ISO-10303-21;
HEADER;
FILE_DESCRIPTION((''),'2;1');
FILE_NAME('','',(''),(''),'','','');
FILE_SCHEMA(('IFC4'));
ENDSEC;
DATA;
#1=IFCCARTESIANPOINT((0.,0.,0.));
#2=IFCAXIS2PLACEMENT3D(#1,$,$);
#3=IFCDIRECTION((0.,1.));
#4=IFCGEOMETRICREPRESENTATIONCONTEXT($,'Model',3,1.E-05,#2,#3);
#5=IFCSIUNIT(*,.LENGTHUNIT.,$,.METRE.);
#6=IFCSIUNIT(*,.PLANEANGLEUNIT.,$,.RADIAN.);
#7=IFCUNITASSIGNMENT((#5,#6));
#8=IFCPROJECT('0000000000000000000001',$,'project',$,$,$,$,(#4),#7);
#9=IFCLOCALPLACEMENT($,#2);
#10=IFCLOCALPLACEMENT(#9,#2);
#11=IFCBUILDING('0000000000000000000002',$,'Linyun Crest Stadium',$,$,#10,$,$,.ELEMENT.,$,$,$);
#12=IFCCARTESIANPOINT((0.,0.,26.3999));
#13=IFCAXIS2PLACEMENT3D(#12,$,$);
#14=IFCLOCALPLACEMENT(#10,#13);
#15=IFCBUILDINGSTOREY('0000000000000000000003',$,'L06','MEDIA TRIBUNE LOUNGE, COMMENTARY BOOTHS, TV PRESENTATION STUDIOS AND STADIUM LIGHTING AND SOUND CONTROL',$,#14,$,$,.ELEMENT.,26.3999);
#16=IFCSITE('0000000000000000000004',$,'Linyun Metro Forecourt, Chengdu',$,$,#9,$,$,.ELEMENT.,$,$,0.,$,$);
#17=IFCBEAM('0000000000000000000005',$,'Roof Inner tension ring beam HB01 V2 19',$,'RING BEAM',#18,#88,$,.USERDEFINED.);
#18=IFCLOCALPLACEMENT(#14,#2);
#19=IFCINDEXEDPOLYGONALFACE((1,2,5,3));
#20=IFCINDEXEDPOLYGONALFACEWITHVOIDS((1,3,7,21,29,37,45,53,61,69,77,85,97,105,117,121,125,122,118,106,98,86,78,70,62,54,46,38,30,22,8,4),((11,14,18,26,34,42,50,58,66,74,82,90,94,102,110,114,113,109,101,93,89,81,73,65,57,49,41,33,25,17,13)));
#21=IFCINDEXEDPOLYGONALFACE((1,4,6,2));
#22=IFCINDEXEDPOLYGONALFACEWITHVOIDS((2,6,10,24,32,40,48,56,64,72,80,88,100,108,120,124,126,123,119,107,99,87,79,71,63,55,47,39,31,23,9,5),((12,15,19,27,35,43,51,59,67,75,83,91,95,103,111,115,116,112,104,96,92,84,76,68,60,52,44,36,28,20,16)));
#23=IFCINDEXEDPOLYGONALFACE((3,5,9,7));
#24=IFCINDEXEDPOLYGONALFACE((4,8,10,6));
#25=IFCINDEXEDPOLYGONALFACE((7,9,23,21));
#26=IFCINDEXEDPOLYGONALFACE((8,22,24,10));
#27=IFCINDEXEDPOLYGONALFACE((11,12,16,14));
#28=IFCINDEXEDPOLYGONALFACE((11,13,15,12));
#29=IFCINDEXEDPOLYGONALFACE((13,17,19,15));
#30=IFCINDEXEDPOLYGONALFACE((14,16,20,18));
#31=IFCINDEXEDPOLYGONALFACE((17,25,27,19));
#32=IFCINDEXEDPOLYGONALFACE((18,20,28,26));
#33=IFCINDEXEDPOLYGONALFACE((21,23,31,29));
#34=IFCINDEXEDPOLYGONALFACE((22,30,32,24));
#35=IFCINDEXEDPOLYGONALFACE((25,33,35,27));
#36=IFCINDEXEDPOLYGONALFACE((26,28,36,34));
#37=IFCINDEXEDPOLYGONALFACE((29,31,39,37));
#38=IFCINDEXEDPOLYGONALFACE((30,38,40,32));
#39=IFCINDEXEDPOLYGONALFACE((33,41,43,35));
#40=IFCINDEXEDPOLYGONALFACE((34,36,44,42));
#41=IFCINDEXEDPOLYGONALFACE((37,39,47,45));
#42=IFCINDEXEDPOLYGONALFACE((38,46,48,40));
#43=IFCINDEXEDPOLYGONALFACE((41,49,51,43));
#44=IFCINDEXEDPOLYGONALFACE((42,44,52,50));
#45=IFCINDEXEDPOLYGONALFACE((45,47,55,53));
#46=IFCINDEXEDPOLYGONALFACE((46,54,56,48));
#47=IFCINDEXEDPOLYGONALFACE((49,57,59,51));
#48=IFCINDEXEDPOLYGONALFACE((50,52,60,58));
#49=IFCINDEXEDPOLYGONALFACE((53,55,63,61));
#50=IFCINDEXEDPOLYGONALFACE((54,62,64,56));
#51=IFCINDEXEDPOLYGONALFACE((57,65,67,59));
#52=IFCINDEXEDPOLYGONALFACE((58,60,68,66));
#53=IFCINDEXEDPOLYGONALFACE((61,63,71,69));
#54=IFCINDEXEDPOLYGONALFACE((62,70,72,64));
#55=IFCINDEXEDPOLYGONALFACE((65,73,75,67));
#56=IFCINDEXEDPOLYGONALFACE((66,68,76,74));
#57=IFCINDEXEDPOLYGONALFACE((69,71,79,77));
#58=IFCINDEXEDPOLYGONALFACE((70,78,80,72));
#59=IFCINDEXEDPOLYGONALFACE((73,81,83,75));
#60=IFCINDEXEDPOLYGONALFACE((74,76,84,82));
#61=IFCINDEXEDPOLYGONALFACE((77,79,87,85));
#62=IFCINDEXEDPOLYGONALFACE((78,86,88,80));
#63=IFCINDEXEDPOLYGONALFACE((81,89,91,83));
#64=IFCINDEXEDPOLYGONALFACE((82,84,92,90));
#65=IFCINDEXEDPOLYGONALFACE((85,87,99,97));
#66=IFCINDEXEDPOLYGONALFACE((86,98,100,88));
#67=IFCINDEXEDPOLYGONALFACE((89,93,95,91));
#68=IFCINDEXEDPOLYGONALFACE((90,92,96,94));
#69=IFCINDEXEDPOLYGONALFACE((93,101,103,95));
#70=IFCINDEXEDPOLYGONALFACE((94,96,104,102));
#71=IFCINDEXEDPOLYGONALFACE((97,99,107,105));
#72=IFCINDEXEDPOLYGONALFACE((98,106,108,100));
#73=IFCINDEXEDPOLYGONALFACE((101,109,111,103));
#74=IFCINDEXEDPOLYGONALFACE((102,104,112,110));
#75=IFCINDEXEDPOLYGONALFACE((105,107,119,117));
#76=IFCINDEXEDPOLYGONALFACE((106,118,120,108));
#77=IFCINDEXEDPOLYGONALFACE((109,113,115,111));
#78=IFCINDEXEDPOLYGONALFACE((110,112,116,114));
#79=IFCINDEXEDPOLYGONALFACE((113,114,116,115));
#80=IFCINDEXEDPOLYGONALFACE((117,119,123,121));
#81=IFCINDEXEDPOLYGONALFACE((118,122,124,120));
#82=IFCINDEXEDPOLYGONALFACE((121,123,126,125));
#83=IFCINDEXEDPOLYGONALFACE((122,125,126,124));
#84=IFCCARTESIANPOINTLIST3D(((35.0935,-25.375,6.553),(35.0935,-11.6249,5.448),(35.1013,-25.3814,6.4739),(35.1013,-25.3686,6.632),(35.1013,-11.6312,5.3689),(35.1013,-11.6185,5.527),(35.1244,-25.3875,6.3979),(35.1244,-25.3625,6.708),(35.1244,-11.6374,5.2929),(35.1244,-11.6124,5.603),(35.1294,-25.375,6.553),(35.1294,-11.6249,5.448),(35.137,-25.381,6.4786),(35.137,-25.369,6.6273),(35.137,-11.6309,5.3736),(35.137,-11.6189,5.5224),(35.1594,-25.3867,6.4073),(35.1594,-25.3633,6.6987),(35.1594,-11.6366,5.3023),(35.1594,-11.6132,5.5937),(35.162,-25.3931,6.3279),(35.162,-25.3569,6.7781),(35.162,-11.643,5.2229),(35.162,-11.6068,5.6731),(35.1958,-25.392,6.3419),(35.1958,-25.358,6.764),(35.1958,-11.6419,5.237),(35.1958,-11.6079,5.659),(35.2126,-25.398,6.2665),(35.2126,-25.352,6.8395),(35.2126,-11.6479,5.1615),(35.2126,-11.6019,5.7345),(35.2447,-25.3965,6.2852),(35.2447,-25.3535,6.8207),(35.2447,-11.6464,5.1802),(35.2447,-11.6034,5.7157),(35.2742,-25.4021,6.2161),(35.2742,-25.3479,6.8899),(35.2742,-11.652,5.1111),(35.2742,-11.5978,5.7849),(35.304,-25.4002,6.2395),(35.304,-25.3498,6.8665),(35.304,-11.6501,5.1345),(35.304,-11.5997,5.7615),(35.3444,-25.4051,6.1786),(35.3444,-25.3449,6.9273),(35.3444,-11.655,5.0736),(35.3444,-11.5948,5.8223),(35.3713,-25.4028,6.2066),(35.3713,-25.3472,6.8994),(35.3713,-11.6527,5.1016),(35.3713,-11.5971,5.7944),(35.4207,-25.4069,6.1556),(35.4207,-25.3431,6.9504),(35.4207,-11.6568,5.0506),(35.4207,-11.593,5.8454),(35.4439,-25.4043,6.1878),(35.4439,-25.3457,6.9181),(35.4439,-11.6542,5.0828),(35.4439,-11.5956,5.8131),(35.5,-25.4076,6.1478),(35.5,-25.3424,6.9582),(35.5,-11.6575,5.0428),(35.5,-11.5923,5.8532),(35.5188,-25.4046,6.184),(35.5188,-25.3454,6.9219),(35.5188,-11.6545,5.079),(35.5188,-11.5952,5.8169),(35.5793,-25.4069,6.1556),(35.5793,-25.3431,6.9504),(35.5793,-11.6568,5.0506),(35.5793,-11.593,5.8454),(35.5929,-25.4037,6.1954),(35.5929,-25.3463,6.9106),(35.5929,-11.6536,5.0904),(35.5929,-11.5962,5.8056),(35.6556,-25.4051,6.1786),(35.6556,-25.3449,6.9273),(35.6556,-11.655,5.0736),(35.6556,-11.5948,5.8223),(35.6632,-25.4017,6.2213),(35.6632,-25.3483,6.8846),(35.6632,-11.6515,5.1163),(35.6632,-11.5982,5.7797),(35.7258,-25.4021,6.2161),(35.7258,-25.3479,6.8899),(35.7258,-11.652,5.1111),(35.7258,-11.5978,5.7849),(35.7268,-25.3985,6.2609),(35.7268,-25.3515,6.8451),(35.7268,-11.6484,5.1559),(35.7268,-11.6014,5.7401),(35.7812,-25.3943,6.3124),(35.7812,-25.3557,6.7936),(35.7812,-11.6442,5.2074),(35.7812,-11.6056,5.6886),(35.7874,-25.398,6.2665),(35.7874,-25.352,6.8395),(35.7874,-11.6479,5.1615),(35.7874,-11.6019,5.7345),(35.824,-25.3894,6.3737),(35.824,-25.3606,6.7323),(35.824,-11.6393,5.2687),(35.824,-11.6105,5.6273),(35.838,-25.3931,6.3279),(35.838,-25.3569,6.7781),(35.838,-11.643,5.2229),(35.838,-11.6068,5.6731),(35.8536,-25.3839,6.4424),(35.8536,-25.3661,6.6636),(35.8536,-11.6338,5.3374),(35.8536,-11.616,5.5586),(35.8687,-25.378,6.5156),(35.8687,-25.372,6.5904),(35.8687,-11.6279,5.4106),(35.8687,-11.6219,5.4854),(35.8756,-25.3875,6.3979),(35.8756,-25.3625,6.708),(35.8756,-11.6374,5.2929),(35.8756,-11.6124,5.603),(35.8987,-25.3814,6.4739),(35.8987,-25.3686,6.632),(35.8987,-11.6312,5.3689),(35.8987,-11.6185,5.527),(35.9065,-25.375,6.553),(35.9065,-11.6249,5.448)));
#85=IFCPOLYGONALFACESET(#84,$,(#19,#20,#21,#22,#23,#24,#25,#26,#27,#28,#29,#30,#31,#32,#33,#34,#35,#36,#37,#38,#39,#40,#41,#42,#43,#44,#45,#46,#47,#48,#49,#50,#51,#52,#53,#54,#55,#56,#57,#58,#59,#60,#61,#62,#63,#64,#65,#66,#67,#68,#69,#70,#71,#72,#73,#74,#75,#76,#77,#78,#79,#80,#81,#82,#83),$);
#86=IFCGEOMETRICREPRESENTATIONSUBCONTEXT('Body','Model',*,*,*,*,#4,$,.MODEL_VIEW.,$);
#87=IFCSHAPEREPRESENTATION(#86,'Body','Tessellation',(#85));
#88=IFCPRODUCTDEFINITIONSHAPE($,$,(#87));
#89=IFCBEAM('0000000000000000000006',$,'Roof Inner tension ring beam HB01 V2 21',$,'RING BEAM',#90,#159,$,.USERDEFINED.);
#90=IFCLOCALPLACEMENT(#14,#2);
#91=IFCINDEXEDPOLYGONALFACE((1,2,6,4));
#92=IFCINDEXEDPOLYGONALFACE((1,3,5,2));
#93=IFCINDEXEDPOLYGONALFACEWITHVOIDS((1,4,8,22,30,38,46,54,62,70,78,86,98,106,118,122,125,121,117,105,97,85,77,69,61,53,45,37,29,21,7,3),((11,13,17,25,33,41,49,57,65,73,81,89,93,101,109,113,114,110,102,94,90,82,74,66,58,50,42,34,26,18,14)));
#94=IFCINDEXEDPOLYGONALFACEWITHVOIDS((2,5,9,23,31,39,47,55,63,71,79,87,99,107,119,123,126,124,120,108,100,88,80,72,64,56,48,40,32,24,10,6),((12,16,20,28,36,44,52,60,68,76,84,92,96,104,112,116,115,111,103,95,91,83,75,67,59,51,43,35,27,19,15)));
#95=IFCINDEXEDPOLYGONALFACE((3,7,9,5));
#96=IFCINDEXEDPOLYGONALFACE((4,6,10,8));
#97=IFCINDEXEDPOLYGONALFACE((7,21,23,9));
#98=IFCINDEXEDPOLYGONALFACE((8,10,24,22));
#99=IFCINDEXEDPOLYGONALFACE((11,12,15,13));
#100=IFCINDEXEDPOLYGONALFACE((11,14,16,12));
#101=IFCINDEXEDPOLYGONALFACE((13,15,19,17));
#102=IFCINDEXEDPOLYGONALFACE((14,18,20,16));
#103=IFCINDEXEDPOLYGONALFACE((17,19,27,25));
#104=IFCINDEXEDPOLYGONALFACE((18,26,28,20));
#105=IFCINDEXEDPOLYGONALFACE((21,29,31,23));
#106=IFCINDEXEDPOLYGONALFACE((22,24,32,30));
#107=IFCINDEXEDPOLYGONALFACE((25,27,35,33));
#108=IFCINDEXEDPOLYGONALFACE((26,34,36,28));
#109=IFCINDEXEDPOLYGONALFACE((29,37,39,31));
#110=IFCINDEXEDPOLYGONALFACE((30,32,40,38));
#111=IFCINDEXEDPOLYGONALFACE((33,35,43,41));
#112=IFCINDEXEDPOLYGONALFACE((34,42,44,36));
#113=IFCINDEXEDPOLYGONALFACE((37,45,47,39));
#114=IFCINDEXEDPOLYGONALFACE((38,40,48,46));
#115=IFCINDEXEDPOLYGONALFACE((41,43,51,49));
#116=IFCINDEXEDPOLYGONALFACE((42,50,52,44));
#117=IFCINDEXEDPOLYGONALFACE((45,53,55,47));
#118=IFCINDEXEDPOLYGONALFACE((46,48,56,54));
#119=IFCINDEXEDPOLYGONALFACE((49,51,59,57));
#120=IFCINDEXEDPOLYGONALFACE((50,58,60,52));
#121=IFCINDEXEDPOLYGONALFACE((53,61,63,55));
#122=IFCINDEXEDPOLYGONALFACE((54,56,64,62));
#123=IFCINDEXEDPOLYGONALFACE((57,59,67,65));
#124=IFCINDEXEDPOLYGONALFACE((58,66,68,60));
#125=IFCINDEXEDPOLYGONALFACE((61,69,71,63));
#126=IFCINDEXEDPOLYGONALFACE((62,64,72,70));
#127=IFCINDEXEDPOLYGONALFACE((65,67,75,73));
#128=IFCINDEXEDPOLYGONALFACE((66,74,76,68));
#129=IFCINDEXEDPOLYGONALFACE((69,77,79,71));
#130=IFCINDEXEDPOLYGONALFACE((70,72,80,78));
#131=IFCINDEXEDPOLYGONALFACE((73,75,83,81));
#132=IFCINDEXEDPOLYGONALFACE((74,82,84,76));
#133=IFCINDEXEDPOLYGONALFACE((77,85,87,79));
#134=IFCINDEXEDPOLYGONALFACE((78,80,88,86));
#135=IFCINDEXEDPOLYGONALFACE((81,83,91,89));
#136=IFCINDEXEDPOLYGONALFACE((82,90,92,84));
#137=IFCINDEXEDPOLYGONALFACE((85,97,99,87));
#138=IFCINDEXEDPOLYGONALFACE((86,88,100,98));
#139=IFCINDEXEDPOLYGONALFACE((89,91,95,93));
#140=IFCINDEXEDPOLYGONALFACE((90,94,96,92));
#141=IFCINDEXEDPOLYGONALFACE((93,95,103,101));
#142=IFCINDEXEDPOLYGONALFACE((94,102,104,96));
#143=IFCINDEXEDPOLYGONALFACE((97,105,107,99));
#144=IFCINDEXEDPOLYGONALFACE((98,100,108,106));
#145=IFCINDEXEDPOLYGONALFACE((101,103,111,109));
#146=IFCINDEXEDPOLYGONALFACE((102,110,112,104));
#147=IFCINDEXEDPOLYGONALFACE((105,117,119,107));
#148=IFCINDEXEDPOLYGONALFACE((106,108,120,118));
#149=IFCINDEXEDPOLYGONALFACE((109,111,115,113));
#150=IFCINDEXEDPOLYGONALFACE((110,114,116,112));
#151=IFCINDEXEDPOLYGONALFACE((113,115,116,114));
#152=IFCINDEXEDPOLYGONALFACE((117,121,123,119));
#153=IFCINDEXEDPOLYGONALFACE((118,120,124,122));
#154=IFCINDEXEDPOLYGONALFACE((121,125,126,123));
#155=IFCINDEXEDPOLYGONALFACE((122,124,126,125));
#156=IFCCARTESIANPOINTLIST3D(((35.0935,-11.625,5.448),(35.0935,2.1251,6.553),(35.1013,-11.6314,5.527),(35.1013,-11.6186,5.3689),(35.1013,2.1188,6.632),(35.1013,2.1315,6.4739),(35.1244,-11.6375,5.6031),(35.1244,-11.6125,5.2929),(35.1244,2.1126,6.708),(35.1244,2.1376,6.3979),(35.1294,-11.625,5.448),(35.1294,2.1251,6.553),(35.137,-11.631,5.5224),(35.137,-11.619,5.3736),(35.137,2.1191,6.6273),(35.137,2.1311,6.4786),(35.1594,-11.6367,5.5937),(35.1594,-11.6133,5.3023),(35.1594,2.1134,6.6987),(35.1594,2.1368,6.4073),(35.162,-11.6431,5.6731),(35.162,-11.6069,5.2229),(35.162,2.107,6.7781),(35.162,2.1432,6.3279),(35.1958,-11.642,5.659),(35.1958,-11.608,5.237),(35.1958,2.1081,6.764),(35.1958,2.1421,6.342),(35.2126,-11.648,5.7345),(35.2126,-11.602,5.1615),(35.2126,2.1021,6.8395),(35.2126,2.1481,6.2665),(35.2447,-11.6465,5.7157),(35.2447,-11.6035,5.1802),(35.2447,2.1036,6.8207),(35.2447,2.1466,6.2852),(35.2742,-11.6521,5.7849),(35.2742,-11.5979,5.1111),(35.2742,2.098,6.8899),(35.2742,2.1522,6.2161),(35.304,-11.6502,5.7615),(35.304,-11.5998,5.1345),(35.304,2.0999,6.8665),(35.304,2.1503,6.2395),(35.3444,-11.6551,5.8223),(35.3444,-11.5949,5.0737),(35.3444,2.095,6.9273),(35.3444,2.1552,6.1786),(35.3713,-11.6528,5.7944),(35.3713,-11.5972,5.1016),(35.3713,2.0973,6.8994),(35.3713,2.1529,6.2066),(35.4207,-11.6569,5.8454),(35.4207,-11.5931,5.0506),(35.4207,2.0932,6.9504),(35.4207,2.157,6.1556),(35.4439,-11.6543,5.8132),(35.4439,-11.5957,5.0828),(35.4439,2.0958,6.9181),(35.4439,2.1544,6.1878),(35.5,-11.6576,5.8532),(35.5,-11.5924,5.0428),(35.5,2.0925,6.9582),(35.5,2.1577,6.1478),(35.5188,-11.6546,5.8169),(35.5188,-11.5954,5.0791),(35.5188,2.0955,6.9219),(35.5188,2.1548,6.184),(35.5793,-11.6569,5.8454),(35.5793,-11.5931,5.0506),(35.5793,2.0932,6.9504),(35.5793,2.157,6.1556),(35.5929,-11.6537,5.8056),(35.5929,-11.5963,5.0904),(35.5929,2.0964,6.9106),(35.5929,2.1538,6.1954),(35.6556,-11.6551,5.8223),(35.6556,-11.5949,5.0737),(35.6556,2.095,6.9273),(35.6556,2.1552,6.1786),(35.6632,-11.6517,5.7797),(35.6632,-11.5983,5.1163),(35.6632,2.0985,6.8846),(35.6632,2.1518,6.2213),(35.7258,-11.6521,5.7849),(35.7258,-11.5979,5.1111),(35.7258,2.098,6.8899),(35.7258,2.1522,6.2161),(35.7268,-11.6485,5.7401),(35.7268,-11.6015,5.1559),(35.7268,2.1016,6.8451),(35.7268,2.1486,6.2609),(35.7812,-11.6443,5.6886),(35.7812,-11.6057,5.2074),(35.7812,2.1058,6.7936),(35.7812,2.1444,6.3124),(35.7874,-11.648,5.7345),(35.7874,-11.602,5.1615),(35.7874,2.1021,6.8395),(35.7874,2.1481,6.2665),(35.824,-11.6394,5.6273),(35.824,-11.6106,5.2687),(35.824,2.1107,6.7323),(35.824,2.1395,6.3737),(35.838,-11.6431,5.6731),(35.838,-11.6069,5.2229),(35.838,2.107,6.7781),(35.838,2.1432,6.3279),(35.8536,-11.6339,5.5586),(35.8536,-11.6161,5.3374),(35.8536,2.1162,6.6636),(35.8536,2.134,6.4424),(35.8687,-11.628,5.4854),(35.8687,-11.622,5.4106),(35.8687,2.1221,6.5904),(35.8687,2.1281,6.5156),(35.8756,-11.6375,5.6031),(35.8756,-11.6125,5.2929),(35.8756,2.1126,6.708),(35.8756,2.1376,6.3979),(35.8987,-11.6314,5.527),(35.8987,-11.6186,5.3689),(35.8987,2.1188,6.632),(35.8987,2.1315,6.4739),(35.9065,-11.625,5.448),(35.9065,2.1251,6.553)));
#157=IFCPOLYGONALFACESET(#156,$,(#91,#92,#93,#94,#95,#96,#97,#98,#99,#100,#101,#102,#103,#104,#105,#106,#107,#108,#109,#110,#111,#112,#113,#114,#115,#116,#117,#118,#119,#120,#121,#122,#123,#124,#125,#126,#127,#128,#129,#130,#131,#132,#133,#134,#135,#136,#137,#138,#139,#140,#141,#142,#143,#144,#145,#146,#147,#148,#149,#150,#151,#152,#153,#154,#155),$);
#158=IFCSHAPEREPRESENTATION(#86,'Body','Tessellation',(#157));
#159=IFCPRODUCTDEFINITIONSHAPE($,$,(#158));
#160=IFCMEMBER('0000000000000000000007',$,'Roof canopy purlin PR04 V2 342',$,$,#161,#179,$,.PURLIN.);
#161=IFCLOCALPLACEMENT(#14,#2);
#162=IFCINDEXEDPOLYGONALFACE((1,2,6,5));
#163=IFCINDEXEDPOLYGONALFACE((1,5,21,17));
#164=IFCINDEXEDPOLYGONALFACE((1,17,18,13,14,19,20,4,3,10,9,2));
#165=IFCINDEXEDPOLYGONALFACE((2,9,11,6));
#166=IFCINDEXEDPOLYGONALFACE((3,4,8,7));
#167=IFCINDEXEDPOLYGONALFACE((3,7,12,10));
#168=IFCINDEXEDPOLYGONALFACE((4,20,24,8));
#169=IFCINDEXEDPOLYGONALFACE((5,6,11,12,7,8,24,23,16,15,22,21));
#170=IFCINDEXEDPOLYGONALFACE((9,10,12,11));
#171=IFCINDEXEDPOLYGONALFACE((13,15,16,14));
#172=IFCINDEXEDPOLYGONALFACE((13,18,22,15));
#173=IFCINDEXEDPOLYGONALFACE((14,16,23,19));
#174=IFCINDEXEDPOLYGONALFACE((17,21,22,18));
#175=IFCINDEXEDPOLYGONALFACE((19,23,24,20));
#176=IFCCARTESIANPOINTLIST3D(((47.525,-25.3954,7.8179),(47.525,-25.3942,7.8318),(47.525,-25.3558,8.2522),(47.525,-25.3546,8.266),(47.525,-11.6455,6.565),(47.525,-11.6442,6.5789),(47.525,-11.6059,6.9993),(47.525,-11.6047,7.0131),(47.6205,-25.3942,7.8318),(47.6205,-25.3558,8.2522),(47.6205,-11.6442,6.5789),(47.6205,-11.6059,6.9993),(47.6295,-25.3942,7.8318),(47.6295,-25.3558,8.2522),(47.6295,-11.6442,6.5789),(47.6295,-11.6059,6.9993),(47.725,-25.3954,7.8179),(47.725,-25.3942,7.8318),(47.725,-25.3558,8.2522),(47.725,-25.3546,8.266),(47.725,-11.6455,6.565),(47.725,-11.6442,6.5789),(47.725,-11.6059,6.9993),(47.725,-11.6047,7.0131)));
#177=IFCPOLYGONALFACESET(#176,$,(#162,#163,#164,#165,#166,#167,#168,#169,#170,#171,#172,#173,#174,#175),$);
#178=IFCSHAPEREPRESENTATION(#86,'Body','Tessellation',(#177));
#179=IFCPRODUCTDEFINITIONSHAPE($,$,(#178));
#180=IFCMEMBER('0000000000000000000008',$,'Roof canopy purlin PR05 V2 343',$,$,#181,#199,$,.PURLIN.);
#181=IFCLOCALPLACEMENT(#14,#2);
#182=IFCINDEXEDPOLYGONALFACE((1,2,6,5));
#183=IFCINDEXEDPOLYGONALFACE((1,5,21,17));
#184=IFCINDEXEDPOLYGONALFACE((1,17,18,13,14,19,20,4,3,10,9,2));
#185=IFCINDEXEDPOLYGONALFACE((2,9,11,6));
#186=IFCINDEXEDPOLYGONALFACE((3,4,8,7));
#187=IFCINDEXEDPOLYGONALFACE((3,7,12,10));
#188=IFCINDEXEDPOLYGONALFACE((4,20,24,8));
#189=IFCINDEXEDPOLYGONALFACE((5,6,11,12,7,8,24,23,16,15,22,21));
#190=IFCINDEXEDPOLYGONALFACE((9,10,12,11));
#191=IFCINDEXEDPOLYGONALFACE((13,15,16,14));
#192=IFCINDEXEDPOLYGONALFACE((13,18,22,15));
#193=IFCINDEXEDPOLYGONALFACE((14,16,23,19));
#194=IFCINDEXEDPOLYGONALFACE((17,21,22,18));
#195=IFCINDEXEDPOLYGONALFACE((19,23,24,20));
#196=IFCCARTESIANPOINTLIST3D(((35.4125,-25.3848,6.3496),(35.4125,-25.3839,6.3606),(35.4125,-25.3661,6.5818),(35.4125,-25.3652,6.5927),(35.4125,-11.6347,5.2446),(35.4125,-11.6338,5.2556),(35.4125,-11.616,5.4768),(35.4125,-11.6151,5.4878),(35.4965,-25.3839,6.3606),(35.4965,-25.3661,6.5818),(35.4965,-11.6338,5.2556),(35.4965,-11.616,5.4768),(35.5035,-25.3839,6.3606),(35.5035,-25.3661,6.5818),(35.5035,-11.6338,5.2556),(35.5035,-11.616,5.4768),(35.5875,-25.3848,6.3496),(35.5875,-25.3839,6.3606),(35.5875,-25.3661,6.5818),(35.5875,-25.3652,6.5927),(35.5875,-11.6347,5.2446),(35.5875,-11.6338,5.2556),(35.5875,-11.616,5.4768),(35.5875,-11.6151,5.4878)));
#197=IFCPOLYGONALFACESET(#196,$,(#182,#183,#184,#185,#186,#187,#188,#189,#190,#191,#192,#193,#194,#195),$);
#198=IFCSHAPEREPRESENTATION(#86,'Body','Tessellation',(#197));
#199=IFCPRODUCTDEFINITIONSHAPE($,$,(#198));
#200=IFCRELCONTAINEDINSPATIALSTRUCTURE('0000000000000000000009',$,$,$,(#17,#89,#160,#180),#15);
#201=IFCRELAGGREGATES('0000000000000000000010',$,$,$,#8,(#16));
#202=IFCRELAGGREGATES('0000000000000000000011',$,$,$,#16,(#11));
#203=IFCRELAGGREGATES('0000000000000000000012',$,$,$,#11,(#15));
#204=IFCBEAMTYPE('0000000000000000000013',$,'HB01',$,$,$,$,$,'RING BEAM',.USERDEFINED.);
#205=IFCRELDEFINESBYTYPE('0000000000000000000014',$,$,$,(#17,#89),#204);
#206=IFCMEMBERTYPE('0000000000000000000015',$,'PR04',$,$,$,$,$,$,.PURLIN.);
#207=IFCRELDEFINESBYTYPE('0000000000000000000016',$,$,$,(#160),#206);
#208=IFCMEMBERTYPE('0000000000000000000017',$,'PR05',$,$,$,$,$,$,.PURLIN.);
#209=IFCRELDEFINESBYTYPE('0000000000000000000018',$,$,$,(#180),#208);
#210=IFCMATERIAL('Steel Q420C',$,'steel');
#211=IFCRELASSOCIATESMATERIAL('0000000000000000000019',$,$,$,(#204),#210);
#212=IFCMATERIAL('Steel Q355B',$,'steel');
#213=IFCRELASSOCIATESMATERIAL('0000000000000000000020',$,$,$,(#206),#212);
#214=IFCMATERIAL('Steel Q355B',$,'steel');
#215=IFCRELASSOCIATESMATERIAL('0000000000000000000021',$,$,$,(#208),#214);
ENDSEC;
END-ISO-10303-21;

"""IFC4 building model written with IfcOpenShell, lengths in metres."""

from ifc_helpers import new_model, si_unit, direction, frame, origin, origin_2d, place, context, subcontext, project, spatial, hollow_circle, i_section, extrude, material, material_profile, profile_set, type_object, element, save


model = new_model("IFC4")

# Units and contexts
model_context = context("Model", 3, precision=1e-05, world=origin(), true_north=direction((0.0, 1.0)))
body_context = subcontext(model_context, "Body", "Model", "MODEL_VIEW")
ifc_project = project(units=[si_unit("LENGTHUNIT", "METRE"), si_unit("PLANEANGLEUNIT", "RADIAN")], contexts=[model_context])

# Site, building, storey
site_placement = place(None, origin())
site = spatial("IfcSite", under=ifc_project, at=site_placement, Name="Linyun Metro Forecourt, Chengdu", CompositionType="ELEMENT", RefElevation=0.0)
building_placement = place(site_placement, origin())
building = spatial("IfcBuilding", under=site, at=building_placement, Name="Linyun Crest Stadium", CompositionType="ELEMENT")
storey_placement = place(building_placement, frame((0.0, 0.0, 26.3999)))
storey = spatial("IfcBuildingStorey", under=building, at=storey_placement, Name="L06", Description="MEDIA TRIBUNE LOUNGE, COMMENTARY BOOTHS, TV PRESENTATION STUDIOS AND STADIUM LIGHTING AND SOUND CONTROL", CompositionType="ELEMENT", Elevation=26.3999)

# Beams
ifc_material_1 = material(Name="Steel Q420C", Category="steel")
ifc_material_profile_1 = material_profile(ifc_material_1, hollow_circle(Radius=0.4065, WallThickness=0.0359, at=origin_2d()), Name="CHS 813x36")
ifc_profile_set_1 = profile_set([ifc_material_profile_1], Name="Steel Q420C")
beam_type = type_object("IfcBeamType", Name="HB01", ElementType="RING BEAM", PredefinedType="USERDEFINED", material=ifc_profile_set_1)
for number, where, z_axis, x_axis, name in (
    (1, (35.5, -25.375, 6.553), (0.0, 0.996787, -0.080104), (-1.0, 0.0, 0.0), "Roof Inner tension ring beam HB01 V2 19"),
    (2, (35.5, -11.625, 5.448), (0.0, 0.996787, 0.080104), (-1.0, 0.0, 0.0), "Roof Inner tension ring beam HB01 V2 21"),
):
    element("IfcBeam", number, at=place(storey_placement, frame(where, z_axis=z_axis, x_axis=x_axis)), inside=storey, type_object=beam_type, Name=name, ObjectType="RING BEAM", PredefinedType="USERDEFINED", context=body_context, shape_type="SweptSolid", body=[
        extrude(hollow_circle(Radius=0.4065, WallThickness=0.0359, at=origin_2d()), origin(), (0.0, 0.0, 1.0), 13.7944),
    ])

# Members
ifc_material_2 = material(Name="Steel Q355B", Category="steel")
ifc_material_profile_2 = material_profile(ifc_material_2, i_section(OverallWidth=0.2, OverallDepth=0.45, WebThickness=0.009, FlangeThickness=0.0139, at=origin_2d()), Name="HN 450x200")
ifc_profile_set_2 = profile_set([ifc_material_profile_2], Name="Steel Q355B")
member_type_1 = type_object("IfcMemberType", Name="PR04", PredefinedType="PURLIN", material=ifc_profile_set_2)
member_1_placement = place(storey_placement, frame((47.625, -25.375, 8.042), z_axis=(0.0, 0.995874, -0.090746), x_axis=(-1.0, 0.0, 0.0)))
element("IfcMember", 3, at=member_1_placement, inside=storey, type_object=member_type_1, Name="Roof canopy purlin PR04 V2 342", PredefinedType="PURLIN", context=body_context, shape_type="SweptSolid", body=[
    extrude(i_section(OverallWidth=0.2, OverallDepth=0.45, WebThickness=0.009, FlangeThickness=0.0139, at=origin_2d()), origin(), (0.0, 0.0, 1.0), 13.8069),
])
ifc_material_3 = material(Name="Steel Q355B", Category="steel")
ifc_material_profile_3 = material_profile(ifc_material_3, i_section(OverallWidth=0.175, OverallDepth=0.2439, WebThickness=0.0071, FlangeThickness=0.011, at=origin_2d()), Name="HM 244x175")
ifc_profile_set_3 = profile_set([ifc_material_profile_3], Name="Steel Q355B")
member_type_2 = type_object("IfcMemberType", Name="PR05", PredefinedType="PURLIN", material=ifc_profile_set_3)
member_2_placement = place(storey_placement, frame((35.5, -25.375, 6.4712), z_axis=(0.0, 0.996787, -0.080104), x_axis=(-1.0, 0.0, 0.0)))
element("IfcMember", 4, at=member_2_placement, inside=storey, type_object=member_type_2, Name="Roof canopy purlin PR05 V2 343", PredefinedType="PURLIN", context=body_context, shape_type="SweptSolid", body=[
    extrude(i_section(OverallWidth=0.175, OverallDepth=0.2439, WebThickness=0.0071, FlangeThickness=0.011, at=origin_2d()), origin(), (0.0, 0.0, 1.0), 13.7944),
])

save(model, "model.ifc")
